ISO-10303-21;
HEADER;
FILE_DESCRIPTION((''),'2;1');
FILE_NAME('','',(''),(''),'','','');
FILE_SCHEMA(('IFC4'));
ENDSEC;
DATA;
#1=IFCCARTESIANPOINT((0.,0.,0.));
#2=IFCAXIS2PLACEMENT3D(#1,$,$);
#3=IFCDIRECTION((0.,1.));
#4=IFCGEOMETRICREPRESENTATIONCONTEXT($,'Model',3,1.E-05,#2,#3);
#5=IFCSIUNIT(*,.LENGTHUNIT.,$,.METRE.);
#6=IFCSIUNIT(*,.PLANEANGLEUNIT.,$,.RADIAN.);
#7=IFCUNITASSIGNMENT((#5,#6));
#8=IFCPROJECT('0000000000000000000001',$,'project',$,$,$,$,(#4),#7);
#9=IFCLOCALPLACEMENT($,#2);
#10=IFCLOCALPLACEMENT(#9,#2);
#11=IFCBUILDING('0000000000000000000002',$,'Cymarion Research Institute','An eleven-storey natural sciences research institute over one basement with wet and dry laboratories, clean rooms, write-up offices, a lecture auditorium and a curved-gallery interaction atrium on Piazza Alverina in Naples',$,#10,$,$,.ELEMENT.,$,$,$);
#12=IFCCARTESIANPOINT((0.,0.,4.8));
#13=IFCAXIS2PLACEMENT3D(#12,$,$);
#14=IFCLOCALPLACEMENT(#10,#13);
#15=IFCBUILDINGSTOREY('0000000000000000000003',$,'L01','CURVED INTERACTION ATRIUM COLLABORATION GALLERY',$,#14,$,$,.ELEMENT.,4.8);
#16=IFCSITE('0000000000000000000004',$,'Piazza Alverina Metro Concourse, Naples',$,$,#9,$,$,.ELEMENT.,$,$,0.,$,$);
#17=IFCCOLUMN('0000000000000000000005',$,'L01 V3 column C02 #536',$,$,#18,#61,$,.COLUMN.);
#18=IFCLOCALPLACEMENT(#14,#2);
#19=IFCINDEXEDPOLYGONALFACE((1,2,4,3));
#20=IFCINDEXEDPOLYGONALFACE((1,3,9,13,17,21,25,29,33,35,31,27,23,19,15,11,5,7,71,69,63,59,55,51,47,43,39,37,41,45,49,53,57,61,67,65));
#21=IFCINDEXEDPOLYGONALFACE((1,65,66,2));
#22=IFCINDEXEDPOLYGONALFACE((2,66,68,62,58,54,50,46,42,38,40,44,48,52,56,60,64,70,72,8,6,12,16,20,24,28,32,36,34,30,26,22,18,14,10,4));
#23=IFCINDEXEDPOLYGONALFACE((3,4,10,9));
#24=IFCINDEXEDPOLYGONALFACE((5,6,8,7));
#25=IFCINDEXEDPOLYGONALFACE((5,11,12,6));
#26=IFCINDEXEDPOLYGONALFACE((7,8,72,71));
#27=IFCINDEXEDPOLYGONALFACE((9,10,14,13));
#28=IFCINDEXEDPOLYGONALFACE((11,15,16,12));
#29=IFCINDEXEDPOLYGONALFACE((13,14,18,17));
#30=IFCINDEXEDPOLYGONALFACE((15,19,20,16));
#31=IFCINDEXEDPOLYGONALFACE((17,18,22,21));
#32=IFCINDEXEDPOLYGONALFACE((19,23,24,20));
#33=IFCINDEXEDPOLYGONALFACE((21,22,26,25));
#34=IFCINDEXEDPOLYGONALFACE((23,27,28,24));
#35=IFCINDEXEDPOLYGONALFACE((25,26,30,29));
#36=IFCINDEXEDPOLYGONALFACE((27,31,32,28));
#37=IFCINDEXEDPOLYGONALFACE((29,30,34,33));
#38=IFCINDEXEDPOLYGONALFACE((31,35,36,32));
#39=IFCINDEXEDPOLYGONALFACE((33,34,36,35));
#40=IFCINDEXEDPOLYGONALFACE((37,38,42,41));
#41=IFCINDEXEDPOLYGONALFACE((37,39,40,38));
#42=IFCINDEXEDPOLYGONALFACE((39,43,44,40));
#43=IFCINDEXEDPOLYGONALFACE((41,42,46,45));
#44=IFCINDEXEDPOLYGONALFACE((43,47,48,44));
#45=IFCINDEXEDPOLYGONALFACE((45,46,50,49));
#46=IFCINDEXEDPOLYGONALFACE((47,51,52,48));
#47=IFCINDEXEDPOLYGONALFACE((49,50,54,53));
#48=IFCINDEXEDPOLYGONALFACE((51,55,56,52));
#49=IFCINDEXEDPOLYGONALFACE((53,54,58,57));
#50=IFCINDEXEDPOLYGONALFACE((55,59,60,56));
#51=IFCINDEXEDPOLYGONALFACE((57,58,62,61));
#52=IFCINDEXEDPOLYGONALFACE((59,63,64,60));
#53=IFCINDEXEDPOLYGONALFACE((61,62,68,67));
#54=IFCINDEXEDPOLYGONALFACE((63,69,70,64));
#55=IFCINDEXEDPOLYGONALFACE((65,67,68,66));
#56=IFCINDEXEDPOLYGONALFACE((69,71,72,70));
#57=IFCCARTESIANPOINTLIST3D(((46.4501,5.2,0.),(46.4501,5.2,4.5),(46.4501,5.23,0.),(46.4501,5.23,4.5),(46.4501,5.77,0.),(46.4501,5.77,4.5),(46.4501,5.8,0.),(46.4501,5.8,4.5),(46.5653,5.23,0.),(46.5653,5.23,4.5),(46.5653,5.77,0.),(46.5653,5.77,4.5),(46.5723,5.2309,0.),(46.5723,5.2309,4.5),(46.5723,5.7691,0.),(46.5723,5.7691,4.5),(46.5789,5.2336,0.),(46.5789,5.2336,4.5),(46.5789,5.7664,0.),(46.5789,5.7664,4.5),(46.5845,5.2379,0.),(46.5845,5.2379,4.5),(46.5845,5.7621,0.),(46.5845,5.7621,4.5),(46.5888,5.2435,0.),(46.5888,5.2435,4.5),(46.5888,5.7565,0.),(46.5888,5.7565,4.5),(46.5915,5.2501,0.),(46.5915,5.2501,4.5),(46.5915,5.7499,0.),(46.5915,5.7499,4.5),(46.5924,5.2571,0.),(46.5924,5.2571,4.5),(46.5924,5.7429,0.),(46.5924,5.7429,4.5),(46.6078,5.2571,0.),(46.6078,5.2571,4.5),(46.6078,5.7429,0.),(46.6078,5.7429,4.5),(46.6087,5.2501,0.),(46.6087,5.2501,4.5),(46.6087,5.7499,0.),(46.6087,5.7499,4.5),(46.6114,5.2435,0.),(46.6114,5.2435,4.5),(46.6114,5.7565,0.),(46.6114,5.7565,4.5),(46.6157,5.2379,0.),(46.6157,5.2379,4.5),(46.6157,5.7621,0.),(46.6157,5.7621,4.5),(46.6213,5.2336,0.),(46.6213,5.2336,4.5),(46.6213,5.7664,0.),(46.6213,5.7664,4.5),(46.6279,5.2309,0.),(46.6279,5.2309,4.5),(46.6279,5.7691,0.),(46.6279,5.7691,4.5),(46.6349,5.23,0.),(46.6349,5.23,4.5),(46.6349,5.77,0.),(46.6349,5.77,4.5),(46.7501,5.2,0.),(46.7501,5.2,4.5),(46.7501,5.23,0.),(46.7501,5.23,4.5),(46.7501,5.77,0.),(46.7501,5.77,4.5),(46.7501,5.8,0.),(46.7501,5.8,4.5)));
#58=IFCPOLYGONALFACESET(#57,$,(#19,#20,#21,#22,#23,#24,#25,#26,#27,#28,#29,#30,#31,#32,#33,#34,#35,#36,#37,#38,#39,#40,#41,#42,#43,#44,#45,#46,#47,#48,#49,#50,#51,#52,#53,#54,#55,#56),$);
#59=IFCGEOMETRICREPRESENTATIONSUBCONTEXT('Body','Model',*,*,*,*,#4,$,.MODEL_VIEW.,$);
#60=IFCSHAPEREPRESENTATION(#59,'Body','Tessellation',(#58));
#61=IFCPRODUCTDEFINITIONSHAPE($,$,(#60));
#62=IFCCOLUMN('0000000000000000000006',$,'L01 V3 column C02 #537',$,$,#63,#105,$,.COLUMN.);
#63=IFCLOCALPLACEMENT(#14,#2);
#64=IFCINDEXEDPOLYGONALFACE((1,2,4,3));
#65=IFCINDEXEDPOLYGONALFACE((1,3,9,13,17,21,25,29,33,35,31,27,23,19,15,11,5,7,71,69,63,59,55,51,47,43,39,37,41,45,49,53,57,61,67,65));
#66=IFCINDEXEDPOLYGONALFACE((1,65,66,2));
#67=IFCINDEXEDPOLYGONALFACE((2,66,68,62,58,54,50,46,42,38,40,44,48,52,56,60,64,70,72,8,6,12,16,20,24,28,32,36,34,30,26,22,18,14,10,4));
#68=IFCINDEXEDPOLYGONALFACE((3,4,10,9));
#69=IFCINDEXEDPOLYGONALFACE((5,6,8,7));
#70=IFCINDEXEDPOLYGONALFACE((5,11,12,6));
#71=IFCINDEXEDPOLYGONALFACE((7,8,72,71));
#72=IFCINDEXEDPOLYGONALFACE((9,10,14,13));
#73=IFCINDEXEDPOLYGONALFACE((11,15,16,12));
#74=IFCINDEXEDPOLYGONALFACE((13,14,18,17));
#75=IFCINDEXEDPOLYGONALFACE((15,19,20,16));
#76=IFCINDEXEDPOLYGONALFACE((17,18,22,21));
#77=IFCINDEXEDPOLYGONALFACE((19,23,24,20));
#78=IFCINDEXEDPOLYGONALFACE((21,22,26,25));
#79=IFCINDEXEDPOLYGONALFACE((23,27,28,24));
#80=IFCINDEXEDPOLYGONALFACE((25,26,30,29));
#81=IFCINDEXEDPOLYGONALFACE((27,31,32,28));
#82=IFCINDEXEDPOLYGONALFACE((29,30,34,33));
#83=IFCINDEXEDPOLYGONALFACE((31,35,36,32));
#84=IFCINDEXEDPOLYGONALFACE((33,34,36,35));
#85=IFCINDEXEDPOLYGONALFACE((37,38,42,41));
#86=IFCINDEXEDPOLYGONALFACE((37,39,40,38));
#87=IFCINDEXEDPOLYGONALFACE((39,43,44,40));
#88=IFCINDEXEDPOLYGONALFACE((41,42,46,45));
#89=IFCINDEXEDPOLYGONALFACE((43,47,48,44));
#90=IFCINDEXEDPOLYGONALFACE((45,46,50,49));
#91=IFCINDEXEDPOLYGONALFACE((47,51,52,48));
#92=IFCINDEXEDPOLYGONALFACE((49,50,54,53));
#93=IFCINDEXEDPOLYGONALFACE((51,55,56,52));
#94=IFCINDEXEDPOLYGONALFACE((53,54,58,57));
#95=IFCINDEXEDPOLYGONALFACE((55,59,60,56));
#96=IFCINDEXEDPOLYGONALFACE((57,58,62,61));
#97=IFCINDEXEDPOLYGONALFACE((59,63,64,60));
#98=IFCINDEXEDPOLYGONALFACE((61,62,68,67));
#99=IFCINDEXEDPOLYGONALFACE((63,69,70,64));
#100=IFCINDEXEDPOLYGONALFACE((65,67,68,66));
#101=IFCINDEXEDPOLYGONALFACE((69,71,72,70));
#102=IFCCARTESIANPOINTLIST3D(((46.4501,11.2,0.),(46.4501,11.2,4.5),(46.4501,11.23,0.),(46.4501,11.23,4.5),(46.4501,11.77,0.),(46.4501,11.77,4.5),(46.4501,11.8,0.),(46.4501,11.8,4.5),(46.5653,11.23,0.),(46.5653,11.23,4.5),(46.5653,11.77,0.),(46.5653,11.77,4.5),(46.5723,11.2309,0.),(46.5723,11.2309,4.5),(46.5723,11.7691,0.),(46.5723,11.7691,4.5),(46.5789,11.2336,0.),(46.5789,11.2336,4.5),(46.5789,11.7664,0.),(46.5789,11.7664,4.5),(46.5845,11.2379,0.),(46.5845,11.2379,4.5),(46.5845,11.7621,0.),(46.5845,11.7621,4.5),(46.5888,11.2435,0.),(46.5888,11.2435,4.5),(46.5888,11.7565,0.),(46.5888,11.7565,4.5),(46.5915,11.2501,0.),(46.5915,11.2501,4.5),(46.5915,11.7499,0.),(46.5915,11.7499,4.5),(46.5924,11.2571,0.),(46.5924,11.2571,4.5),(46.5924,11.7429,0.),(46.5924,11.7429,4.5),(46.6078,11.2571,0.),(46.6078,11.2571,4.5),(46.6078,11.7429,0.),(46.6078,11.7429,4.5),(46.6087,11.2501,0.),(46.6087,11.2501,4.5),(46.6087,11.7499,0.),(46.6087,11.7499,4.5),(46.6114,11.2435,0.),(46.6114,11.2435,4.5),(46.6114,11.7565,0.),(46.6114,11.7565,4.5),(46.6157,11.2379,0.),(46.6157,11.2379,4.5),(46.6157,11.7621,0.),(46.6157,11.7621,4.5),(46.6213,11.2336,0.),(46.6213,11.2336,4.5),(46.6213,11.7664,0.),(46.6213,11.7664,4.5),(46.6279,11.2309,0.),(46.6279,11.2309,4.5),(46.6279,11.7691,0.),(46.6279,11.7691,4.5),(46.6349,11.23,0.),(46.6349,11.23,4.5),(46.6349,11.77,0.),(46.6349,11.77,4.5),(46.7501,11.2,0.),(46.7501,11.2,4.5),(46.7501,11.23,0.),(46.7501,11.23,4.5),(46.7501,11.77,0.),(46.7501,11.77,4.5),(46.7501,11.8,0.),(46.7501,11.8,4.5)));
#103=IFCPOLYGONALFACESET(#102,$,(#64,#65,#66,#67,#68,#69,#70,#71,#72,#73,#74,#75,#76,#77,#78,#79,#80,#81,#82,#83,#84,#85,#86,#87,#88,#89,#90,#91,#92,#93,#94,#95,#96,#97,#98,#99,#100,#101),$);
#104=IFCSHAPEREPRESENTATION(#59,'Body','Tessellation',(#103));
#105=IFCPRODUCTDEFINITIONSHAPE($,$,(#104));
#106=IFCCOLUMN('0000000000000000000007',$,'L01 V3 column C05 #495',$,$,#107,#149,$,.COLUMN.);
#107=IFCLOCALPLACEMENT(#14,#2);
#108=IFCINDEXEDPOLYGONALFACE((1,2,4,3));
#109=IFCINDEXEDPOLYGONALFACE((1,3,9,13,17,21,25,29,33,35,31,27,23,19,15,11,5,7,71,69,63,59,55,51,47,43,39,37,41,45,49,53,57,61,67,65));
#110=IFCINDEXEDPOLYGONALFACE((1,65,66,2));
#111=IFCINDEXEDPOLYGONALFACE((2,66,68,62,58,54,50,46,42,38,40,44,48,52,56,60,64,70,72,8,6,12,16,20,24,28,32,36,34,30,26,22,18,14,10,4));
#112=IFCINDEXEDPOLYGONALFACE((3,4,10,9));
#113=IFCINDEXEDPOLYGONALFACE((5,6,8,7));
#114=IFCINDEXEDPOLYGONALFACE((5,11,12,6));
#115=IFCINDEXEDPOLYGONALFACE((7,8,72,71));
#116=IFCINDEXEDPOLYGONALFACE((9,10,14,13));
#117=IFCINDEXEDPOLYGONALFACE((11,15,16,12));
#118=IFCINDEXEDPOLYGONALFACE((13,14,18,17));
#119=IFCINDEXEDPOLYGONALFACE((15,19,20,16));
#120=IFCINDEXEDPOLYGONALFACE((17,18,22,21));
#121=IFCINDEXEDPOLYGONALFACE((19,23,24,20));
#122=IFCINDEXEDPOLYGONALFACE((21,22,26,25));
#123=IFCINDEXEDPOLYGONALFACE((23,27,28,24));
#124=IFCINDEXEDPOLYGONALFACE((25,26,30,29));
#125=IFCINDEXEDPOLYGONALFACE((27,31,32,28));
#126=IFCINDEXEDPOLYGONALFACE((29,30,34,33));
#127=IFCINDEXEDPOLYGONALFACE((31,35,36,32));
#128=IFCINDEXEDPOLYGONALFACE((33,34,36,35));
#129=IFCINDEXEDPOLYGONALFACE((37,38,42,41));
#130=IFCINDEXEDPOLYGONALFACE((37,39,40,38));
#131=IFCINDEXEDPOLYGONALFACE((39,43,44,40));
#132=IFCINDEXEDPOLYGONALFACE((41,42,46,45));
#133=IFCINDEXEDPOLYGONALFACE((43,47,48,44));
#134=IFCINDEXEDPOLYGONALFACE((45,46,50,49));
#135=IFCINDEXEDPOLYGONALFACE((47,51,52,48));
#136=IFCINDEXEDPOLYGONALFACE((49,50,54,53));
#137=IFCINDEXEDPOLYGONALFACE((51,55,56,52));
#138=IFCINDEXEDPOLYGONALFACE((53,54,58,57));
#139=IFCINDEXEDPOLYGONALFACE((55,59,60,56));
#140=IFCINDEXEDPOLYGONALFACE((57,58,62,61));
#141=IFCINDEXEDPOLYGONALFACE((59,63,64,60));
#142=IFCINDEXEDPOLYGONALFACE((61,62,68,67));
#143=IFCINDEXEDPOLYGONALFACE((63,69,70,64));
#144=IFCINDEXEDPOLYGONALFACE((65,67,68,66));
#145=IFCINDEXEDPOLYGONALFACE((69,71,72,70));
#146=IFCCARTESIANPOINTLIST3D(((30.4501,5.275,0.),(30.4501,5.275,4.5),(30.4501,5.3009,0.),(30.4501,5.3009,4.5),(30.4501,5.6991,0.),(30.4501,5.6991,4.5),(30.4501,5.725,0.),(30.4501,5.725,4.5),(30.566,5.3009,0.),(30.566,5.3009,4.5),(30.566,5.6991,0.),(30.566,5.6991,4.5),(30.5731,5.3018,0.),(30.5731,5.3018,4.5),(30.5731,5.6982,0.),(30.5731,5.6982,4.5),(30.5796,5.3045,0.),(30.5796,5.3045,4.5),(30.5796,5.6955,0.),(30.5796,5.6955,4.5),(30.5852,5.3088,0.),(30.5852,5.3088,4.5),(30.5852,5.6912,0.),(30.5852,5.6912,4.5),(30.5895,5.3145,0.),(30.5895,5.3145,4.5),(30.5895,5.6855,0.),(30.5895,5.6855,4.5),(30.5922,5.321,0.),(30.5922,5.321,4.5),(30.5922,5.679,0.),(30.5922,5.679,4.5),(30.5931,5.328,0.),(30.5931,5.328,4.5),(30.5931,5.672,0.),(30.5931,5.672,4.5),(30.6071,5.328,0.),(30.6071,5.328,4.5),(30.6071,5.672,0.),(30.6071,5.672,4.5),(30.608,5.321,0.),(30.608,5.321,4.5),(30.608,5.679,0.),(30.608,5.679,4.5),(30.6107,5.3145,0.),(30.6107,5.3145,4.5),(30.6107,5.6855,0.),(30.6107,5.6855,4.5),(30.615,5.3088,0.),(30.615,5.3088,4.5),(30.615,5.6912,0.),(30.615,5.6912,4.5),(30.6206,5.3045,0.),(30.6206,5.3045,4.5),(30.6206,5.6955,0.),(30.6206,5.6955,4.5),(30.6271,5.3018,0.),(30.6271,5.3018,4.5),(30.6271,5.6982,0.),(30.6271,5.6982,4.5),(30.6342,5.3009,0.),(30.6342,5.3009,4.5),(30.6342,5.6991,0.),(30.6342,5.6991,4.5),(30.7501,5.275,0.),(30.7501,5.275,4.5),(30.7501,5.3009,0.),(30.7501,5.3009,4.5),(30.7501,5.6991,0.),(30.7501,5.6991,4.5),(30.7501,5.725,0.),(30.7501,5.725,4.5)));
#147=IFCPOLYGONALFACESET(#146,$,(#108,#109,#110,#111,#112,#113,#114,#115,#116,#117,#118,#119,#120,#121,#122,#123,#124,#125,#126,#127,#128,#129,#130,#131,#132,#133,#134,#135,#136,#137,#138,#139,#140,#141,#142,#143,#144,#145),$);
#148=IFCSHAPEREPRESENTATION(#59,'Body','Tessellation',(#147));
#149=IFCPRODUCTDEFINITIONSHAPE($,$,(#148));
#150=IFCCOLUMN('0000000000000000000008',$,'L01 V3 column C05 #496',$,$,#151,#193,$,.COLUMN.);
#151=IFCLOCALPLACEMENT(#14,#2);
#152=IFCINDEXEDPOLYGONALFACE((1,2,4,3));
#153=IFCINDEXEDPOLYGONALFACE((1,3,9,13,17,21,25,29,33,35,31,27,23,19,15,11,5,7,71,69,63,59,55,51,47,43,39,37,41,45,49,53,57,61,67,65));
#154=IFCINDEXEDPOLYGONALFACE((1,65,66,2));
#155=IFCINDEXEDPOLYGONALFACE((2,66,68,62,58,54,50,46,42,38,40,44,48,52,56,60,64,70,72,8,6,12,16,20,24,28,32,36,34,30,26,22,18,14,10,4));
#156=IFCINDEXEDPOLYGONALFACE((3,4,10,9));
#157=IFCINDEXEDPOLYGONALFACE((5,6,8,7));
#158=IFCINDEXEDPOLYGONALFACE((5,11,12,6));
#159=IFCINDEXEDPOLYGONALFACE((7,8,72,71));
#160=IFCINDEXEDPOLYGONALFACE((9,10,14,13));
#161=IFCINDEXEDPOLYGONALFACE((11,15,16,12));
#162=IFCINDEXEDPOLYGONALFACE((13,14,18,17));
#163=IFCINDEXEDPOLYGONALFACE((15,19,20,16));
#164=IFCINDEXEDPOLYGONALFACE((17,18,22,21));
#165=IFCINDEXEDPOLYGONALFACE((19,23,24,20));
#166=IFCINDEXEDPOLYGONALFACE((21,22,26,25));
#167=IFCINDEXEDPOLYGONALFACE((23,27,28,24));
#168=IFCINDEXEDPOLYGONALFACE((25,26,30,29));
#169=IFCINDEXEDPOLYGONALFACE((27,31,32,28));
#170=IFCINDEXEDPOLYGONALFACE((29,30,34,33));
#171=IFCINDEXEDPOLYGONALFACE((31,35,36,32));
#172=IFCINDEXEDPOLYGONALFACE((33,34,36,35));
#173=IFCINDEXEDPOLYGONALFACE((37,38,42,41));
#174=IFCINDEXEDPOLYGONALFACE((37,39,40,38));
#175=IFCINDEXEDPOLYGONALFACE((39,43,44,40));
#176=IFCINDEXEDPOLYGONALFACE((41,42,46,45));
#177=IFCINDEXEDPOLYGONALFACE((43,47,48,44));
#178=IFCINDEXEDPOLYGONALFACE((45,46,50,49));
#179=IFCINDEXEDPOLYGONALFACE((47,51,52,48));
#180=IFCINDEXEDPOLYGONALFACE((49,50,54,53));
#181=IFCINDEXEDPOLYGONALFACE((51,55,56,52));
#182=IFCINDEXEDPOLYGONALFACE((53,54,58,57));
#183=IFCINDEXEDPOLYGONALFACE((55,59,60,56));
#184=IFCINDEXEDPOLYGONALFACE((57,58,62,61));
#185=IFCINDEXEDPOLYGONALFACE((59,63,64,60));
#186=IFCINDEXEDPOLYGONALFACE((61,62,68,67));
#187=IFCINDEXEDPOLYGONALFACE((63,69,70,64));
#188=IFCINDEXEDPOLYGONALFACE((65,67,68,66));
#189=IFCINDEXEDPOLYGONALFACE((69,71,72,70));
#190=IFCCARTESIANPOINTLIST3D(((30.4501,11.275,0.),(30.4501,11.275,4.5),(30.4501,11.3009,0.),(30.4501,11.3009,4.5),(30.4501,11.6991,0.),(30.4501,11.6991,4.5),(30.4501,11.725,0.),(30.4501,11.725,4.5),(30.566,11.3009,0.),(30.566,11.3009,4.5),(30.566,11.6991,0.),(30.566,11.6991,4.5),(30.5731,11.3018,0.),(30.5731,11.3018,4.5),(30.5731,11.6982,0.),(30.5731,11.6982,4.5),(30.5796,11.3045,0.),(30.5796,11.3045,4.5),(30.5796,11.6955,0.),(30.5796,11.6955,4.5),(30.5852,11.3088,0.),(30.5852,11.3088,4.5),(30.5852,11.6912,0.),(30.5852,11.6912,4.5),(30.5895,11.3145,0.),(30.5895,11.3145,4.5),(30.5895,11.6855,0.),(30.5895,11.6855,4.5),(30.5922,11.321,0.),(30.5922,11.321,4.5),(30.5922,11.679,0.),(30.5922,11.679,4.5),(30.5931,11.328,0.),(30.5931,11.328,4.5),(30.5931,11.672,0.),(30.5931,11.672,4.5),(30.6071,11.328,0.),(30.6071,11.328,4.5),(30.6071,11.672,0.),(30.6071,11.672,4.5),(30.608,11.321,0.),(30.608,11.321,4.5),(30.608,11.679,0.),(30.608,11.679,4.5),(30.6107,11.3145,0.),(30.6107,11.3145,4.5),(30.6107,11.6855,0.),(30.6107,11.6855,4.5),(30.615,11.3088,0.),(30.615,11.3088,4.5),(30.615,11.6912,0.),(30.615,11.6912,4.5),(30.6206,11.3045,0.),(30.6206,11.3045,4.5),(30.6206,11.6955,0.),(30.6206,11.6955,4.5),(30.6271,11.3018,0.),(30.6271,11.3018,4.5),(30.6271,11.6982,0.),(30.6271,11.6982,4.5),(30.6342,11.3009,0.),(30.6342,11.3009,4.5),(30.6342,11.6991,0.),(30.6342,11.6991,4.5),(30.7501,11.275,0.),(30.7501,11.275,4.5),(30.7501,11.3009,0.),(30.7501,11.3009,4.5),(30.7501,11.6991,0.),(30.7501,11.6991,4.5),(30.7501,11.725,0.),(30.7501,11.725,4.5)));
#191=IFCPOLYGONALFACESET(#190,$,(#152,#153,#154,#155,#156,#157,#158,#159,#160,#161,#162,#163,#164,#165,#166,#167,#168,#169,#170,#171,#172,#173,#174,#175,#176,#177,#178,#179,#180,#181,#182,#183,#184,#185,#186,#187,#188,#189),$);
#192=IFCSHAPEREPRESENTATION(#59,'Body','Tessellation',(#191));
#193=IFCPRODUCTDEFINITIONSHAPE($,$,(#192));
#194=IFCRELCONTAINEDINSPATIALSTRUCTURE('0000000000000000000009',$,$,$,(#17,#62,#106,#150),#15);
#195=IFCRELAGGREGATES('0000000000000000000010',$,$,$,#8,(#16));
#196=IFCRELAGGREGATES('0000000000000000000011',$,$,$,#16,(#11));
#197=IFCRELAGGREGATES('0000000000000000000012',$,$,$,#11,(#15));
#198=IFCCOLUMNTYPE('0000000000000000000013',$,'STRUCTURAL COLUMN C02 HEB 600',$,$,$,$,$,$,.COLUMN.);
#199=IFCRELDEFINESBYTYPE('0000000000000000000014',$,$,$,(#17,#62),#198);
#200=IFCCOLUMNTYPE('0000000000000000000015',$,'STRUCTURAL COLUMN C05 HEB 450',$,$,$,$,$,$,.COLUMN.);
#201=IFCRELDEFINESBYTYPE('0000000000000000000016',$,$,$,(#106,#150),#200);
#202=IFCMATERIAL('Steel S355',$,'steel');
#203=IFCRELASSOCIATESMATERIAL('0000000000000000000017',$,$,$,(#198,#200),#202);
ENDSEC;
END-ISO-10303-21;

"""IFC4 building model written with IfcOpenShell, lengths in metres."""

from ifc_helpers import new_model, si_unit, direction, frame, origin, origin_2d, place, context, subcontext, project, spatial, i_section, extrude, material, material_profile, profile_set, type_object, element, save


model = new_model("IFC4")

# Units and contexts
model_context = context("Model", 3, precision=1e-05, world=origin(), true_north=direction((0.0, 1.0)))
body_context = subcontext(model_context, "Body", "Model", "MODEL_VIEW")
ifc_project = project(units=[si_unit("LENGTHUNIT", "METRE"), si_unit("PLANEANGLEUNIT", "RADIAN")], contexts=[model_context])

# Site, building, storey
site_placement = place(None, origin())
site = spatial("IfcSite", under=ifc_project, at=site_placement, Name="Piazza Alverina Metro Concourse, Naples", CompositionType="ELEMENT", RefElevation=0.0)
building_placement = place(site_placement, origin())
building = spatial("IfcBuilding", under=site, at=building_placement, Name="Cymarion Research Institute", Description="An eleven-storey natural sciences research institute over one basement with wet and dry laboratories, clean rooms, write-up offices, a lecture auditorium and a curved-gallery interaction atrium on Piazza Alverina in Naples", CompositionType="ELEMENT")
storey_placement = place(building_placement, frame((0.0, 0.0, 4.8)))
storey = spatial("IfcBuildingStorey", under=building, at=storey_placement, Name="L01", Description="CURVED INTERACTION ATRIUM COLLABORATION GALLERY", CompositionType="ELEMENT", Elevation=4.8)

# Columns
ifc_material_1 = material(Name="Steel S355", Category="steel")
ifc_material_profile_1 = material_profile(ifc_material_1, i_section(OverallWidth=0.3, OverallDepth=0.6001, WebThickness=0.0154, FlangeThickness=0.03, FilletRadius=0.0271, at=origin_2d()), Name="HEB 600")
ifc_profile_set_1 = profile_set([ifc_material_profile_1], Name="Steel S355")
column_type_1 = type_object("IfcColumnType", Name="STRUCTURAL COLUMN C02 HEB 600", PredefinedType="COLUMN", material=ifc_profile_set_1)
for number, where, z_axis, x_axis, name in (
    (1, (46.6001, 5.5, 0.0), (0.0, 0.0, 1.0), (1.0, 0.0, 0.0), "L01 V3 column C02 #536"),
    (2, (46.6001, 11.5, 0.0), (0.0, 0.0, 1.0), (1.0, 0.0, 0.0), "L01 V3 column C02 #537"),
):
    element("IfcColumn", number, at=place(storey_placement, frame(where, z_axis=z_axis, x_axis=x_axis)), inside=storey, type_object=column_type_1, Name=name, PredefinedType="COLUMN", context=body_context, shape_type="SweptSolid", body=[
        extrude(i_section(OverallWidth=0.3, OverallDepth=0.6001, WebThickness=0.0154, FlangeThickness=0.03, FilletRadius=0.0271, at=origin_2d()), origin(), (0.0, 0.0, 1.0), 4.5),
    ])
ifc_material_profile_2 = material_profile(ifc_material_1, i_section(OverallWidth=0.3, OverallDepth=0.45, WebThickness=0.0139, FlangeThickness=0.0259, FilletRadius=0.0271, at=origin_2d()), Name="HEB 450")
ifc_profile_set_2 = profile_set([ifc_material_profile_2], Name="Steel S355")
column_type_2 = type_object("IfcColumnType", Name="STRUCTURAL COLUMN C05 HEB 450", PredefinedType="COLUMN", material=ifc_profile_set_2)
for number, where, z_axis, x_axis, name in (
    (3, (30.6001, 5.5, 0.0), (0.0, 0.0, 1.0), (1.0, 0.0, 0.0), "L01 V3 column C05 #495"),
    (4, (30.6001, 11.5, 0.0), (0.0, 0.0, 1.0), (1.0, 0.0, 0.0), "L01 V3 column C05 #496"),
):
    element("IfcColumn", number, at=place(storey_placement, frame(where, z_axis=z_axis, x_axis=x_axis)), inside=storey, type_object=column_type_2, Name=name, PredefinedType="COLUMN", context=body_context, shape_type="SweptSolid", body=[
        extrude(i_section(OverallWidth=0.3, OverallDepth=0.45, WebThickness=0.0139, FlangeThickness=0.0259, FilletRadius=0.0271, at=origin_2d()), origin(), (0.0, 0.0, 1.0), 4.5),
    ])

save(model, "model.ifc")
